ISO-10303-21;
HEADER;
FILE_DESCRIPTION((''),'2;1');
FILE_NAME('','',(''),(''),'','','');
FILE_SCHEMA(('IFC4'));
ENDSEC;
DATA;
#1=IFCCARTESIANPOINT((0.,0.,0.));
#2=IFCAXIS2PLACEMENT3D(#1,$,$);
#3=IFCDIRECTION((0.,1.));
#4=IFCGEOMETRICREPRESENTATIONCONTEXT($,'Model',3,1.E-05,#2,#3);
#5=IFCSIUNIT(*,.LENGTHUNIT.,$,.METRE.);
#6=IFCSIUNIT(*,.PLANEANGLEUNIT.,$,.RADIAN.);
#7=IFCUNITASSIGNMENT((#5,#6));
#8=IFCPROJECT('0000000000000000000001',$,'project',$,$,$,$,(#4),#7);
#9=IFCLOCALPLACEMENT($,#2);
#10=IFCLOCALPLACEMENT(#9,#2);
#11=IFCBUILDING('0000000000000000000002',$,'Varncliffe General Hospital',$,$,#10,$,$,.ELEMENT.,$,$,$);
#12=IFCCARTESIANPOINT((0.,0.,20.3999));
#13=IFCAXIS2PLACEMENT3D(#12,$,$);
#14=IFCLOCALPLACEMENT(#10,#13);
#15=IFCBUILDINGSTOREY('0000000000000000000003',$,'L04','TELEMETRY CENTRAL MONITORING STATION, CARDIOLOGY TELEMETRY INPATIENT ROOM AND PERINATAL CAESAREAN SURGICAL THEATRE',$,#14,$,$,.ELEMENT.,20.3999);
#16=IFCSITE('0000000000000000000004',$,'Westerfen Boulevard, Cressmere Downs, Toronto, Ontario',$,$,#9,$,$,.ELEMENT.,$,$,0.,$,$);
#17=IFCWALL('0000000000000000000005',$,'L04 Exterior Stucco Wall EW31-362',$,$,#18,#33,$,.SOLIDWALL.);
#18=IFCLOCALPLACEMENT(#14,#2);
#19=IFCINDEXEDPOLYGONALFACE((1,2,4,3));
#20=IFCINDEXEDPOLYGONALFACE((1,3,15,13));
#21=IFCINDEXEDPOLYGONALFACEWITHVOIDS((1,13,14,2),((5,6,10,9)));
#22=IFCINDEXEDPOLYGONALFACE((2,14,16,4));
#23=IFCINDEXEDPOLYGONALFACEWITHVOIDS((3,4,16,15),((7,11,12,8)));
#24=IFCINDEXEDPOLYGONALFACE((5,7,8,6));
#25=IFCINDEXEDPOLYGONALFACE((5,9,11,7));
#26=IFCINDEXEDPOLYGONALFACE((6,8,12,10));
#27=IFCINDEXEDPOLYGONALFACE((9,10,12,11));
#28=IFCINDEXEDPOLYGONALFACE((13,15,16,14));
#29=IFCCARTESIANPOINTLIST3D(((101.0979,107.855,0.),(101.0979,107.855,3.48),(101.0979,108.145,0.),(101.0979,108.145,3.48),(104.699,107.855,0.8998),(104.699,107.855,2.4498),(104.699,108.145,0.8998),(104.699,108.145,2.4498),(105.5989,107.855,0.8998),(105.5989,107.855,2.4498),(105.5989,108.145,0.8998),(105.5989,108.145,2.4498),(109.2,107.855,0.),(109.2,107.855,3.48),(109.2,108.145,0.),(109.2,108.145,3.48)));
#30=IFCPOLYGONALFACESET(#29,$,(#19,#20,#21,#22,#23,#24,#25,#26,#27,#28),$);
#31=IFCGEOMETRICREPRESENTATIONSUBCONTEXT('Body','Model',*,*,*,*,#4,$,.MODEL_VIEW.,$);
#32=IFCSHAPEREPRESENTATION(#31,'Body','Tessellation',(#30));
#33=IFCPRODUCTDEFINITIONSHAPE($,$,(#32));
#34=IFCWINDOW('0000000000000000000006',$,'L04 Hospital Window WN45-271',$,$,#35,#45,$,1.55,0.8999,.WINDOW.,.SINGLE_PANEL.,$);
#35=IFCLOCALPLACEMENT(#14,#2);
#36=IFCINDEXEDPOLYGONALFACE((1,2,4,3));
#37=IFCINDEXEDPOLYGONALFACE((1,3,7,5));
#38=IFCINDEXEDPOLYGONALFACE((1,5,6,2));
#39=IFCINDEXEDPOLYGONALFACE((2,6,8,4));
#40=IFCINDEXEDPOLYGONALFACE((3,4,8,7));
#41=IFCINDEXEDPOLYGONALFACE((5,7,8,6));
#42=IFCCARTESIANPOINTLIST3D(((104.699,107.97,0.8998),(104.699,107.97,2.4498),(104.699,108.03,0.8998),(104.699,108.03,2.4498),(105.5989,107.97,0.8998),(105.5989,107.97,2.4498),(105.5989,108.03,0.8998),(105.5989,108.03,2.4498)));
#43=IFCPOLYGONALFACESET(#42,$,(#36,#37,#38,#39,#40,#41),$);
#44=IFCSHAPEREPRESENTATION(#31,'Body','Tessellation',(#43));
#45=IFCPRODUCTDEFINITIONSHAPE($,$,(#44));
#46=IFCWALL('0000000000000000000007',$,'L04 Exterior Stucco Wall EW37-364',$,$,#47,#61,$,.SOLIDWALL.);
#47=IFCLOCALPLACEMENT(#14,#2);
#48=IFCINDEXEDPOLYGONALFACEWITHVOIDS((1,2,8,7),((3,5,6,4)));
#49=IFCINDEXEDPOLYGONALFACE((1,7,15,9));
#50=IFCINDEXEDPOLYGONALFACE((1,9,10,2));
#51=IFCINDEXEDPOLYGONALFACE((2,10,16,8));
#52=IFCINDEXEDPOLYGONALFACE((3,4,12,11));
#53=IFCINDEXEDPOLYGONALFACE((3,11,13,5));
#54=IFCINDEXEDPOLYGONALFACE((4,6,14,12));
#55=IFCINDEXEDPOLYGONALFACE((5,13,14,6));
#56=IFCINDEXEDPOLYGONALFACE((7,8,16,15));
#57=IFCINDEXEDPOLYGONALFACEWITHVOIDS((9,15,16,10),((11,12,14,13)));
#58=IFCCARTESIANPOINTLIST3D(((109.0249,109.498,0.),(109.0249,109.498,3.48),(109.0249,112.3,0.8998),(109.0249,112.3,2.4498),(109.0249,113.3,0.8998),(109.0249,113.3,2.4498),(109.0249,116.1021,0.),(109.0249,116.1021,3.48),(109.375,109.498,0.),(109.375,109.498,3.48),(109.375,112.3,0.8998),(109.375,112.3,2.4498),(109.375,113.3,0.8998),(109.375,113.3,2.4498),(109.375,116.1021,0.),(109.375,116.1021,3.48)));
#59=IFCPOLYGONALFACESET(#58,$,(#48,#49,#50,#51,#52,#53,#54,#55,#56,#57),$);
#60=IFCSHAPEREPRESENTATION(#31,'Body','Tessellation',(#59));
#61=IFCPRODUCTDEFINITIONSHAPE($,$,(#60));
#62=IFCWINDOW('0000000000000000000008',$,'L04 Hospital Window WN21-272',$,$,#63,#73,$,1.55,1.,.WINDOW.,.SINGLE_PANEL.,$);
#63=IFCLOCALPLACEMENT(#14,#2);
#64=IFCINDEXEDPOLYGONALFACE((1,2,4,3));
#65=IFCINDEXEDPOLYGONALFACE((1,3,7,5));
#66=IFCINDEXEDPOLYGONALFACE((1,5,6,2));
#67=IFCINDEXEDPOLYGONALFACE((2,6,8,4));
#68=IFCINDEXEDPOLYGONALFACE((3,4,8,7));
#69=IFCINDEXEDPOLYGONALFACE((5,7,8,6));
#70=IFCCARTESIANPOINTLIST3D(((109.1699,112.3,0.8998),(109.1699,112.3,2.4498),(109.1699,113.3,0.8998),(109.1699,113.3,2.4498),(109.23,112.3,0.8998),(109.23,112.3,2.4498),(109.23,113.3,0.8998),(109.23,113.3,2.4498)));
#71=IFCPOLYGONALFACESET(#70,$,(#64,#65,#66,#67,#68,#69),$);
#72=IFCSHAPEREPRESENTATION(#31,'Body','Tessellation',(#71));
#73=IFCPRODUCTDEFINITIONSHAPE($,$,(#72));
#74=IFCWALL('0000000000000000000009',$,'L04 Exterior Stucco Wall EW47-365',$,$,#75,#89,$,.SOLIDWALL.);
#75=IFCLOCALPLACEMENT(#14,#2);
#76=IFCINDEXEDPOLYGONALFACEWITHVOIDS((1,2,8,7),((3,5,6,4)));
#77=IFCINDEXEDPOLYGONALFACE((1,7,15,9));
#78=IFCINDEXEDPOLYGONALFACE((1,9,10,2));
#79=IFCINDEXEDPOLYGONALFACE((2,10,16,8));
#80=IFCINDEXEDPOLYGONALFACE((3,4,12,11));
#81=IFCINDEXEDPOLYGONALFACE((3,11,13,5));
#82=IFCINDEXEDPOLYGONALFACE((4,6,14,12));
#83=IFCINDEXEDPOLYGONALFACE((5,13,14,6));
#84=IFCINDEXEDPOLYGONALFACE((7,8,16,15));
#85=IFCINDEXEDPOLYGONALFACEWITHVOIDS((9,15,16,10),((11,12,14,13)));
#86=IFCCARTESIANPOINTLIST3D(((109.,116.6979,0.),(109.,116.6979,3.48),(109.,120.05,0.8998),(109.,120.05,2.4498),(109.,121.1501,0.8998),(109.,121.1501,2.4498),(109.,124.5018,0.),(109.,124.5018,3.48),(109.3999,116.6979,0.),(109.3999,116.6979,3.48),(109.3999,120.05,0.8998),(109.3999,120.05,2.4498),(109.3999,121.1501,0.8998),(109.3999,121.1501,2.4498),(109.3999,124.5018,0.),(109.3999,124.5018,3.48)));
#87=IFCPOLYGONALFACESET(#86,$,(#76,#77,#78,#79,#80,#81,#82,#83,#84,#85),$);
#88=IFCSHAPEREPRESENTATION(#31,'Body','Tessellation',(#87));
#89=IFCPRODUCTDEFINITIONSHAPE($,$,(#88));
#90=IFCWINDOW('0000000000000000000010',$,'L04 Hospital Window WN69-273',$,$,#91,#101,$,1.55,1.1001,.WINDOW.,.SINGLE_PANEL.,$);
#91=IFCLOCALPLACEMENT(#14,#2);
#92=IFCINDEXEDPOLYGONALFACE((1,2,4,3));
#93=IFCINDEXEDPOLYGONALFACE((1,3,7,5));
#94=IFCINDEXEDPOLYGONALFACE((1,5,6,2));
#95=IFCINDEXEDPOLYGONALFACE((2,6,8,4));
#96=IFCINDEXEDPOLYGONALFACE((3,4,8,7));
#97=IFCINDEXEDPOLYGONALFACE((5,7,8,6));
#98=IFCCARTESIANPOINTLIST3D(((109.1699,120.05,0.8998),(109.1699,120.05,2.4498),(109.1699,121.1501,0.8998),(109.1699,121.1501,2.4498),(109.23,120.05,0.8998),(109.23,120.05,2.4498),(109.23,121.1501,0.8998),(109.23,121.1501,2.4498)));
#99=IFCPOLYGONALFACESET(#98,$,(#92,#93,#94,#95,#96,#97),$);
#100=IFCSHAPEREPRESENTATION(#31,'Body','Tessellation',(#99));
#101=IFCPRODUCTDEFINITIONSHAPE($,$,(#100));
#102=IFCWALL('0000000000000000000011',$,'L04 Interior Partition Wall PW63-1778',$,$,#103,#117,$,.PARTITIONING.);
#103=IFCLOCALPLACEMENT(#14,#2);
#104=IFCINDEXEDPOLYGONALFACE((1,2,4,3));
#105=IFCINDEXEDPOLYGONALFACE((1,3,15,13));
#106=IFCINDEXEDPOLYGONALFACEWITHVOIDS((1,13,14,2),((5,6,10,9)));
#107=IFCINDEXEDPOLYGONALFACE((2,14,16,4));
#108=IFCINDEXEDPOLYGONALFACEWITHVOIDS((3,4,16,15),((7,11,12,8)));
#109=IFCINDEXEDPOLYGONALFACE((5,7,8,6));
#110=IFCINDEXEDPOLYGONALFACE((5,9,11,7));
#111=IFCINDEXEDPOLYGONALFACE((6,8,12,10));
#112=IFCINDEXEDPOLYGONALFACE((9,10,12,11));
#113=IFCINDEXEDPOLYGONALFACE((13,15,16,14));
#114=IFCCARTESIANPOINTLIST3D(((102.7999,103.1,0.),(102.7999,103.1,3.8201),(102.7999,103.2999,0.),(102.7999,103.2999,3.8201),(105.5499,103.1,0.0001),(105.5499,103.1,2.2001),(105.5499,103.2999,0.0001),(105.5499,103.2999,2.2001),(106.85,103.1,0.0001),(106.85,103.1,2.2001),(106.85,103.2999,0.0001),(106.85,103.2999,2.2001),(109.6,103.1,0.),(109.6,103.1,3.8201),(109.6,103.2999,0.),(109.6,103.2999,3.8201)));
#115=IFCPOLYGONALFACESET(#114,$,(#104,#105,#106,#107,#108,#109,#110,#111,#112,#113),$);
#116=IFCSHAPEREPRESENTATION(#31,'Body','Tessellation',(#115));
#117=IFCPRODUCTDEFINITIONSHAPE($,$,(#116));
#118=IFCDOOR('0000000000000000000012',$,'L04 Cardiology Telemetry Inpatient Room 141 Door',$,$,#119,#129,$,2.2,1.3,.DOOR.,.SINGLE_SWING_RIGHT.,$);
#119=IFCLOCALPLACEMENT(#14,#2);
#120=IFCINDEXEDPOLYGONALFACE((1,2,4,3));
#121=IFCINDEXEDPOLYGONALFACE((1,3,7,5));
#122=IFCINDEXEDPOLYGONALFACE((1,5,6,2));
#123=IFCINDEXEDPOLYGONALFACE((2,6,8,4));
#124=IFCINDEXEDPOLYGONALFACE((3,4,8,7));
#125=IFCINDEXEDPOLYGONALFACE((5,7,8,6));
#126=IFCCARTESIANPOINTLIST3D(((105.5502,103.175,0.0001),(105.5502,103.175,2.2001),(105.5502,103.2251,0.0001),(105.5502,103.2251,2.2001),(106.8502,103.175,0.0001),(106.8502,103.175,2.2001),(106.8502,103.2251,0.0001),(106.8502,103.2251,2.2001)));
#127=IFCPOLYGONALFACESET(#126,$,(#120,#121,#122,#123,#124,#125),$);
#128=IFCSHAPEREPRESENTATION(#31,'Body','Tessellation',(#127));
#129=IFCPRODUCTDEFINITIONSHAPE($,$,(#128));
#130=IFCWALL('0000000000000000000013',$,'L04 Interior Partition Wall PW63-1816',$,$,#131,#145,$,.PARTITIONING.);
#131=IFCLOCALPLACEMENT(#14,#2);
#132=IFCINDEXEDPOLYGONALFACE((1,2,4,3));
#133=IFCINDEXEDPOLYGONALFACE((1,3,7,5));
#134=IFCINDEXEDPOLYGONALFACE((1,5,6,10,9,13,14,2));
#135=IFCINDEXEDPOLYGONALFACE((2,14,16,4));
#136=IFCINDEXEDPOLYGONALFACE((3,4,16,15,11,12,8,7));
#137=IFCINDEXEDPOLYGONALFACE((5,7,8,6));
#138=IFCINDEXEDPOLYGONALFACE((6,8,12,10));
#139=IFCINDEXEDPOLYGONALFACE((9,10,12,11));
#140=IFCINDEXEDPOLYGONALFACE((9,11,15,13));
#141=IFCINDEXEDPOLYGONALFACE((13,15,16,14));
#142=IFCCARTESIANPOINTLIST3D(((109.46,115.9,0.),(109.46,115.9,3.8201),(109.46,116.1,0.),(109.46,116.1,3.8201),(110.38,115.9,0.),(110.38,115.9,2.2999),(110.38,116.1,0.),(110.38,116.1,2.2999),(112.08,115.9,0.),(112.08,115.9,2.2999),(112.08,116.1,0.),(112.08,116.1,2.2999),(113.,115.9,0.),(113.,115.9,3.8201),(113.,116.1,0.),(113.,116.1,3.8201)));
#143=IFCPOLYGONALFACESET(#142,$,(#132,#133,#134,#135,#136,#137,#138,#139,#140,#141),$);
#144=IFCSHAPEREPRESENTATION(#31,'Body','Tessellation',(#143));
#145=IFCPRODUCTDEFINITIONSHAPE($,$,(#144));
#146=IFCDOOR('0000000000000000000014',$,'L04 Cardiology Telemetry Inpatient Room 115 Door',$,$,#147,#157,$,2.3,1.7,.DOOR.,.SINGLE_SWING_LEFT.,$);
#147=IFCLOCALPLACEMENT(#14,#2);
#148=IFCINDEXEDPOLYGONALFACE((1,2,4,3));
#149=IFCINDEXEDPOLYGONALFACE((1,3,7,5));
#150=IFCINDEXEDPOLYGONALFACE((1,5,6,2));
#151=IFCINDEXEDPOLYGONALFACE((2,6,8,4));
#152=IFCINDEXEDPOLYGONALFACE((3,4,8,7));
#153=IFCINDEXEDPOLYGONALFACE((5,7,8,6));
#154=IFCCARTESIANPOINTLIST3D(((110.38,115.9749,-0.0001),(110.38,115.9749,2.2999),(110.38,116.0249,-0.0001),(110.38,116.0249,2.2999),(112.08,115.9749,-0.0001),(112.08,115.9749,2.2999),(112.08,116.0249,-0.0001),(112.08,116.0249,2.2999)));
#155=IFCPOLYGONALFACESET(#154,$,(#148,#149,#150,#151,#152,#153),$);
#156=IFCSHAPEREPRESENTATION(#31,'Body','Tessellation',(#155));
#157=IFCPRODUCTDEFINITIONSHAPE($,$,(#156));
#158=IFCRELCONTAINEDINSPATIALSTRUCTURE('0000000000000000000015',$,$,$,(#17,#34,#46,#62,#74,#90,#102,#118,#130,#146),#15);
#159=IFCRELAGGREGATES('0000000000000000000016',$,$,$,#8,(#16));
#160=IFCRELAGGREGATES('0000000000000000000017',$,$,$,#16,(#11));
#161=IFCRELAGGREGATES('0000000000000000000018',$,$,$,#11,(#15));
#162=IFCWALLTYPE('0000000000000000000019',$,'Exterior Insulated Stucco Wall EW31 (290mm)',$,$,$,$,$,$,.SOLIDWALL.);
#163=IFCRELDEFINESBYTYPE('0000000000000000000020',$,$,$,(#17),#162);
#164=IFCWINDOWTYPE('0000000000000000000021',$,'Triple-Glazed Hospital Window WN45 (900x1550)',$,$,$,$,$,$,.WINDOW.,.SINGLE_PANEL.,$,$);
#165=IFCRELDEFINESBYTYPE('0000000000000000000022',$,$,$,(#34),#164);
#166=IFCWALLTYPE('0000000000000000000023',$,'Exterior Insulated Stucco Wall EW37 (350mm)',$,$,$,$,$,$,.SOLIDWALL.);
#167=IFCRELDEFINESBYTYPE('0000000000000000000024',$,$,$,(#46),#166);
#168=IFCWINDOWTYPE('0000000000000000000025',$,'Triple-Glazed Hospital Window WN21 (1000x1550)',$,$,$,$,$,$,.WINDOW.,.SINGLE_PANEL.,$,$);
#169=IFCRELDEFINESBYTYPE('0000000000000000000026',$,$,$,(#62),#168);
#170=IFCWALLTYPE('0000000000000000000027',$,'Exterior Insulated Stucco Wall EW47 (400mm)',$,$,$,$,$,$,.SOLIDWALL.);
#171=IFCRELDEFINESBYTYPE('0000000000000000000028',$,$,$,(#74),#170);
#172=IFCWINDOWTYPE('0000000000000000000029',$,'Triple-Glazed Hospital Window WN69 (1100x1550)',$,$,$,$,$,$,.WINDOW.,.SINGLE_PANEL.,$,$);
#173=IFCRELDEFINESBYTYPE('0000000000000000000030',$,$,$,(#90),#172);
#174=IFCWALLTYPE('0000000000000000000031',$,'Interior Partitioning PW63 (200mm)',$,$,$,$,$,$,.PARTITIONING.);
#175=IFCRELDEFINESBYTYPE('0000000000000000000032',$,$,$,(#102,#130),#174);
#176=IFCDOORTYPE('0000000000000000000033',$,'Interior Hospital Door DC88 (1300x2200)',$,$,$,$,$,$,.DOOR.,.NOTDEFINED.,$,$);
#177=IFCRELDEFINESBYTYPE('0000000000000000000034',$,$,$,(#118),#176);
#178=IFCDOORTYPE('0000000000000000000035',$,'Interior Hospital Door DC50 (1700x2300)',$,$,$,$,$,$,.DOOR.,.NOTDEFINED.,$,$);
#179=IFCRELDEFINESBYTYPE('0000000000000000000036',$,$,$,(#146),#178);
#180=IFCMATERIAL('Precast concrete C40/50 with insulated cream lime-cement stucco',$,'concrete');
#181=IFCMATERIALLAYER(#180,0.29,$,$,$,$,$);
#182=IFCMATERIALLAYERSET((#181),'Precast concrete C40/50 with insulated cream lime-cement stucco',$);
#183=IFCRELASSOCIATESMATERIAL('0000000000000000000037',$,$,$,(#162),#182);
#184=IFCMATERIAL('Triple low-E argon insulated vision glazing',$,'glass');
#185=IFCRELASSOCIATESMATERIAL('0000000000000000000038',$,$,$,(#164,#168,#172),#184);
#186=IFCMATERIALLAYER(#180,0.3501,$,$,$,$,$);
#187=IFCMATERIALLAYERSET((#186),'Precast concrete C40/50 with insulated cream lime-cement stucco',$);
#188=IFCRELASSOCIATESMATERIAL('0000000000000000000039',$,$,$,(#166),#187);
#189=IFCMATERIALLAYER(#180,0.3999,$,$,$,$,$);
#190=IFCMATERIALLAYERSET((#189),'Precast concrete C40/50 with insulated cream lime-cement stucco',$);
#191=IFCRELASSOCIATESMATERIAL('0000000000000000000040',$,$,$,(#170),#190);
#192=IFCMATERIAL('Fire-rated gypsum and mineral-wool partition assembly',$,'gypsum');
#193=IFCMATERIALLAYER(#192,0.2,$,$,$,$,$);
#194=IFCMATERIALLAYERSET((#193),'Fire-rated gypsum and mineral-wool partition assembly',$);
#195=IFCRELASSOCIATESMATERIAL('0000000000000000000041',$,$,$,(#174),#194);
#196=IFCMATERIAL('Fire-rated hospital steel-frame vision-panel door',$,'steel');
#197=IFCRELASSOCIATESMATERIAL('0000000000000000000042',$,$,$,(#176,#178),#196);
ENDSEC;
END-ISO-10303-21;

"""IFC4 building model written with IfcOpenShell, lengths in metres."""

from ifc_helpers import new_model, si_unit, direction, frame, frame_2d, origin, place, context, subcontext, project, spatial, rectangle, extrude, material, layer, layer_set, type_object, element, fill, save


model = new_model("IFC4")

# Units and contexts
model_context = context("Model", 3, precision=1e-05, world=origin(), true_north=direction((0.0, 1.0)))
body_context = subcontext(model_context, "Body", "Model", "MODEL_VIEW")
ifc_project = project(units=[si_unit("LENGTHUNIT", "METRE"), si_unit("PLANEANGLEUNIT", "RADIAN")], contexts=[model_context])

# Site, building, storey
site_placement = place(None, origin())
site = spatial("IfcSite", under=ifc_project, at=site_placement, Name="Westerfen Boulevard, Cressmere Downs, Toronto, Ontario", CompositionType="ELEMENT", RefElevation=0.0)
building_placement = place(site_placement, origin())
building = spatial("IfcBuilding", under=site, at=building_placement, Name="Varncliffe General Hospital", CompositionType="ELEMENT")
storey_placement = place(building_placement, frame((0.0, 0.0, 20.3999)))
storey = spatial("IfcBuildingStorey", under=building, at=storey_placement, Name="L04", Description="TELEMETRY CENTRAL MONITORING STATION, CARDIOLOGY TELEMETRY INPATIENT ROOM AND PERINATAL CAESAREAN SURGICAL THEATRE", CompositionType="ELEMENT", Elevation=20.3999)

# Shared definitions
ifc_material_1 = material(Name="Precast concrete C40/50 with insulated cream lime-cement stucco", Category="concrete")

# Walls, openings, windows
ifc_layer_1 = layer(ifc_material_1, 0.29)
ifc_layer_set_1 = layer_set([ifc_layer_1], Name="Precast concrete C40/50 with insulated cream lime-cement stucco")
wall_type_1 = type_object("IfcWallType", Name="Exterior Insulated Stucco Wall EW31 (290mm)", PredefinedType="SOLIDWALL", material=ifc_layer_set_1)
wall_1_placement = place(storey_placement, frame((101.0979, 108.0, 0.0), z_axis=(0.0, 0.0, 1.0), x_axis=(1.0, 0.0, 0.0)))
wall_1 = element("IfcWall", 1, at=wall_1_placement, inside=storey, type_object=wall_type_1, Name="L04 Exterior Stucco Wall EW31-362", PredefinedType="SOLIDWALL", context=body_context, shape_type="SweptSolid", body=[
    extrude(rectangle(XDim=8.1021, YDim=0.29, at=frame_2d((4.051, 0.0))), origin(), (0.0, 0.0, 1.0), 3.48),
])
opening_1_placement = place(wall_1_placement, frame((3.6011, 0.0, 0.8999)))
opening_1 = element("IfcOpeningElement", 2, at=opening_1_placement, cuts=wall_1, PredefinedType="OPENING", context=body_context, shape_type="SweptSolid", body=[
    extrude(rectangle(XDim=0.8999, YDim=1.55, at=frame_2d((0.45, 0.7749))), frame((0.0, 0.155, 0.0), z_axis=(0.0, -1.0, 0.0), x_axis=(1.0, 0.0, 0.0)), (0.0, 0.0, 1.0), 0.3101),
])
ifc_material_2 = material(Name="Triple low-E argon insulated vision glazing", Category="glass")
window_type_1 = type_object("IfcWindowType", Name="Triple-Glazed Hospital Window WN45 (900x1550)", PartitioningType="SINGLE_PANEL", PredefinedType="WINDOW", material=ifc_material_2)
window_1_placement = place(opening_1_placement, origin())
window_1 = element("IfcWindow", 3, at=window_1_placement, inside=storey, type_object=window_type_1, Name="L04 Hospital Window WN45-271", OverallHeight=1.55, OverallWidth=0.8999, PartitioningType="SINGLE_PANEL", PredefinedType="WINDOW", context=body_context, shape_type="SweptSolid", body=[
    extrude(rectangle(XDim=0.8999, YDim=1.55, at=frame_2d((0.45, 0.7749))), frame((0.0, 0.03, 0.0), z_axis=(0.0, -1.0, 0.0), x_axis=(1.0, 0.0, 0.0)), (0.0, 0.0, 1.0), 0.0601),
])
fill(opening_1, window_1)
ifc_layer_2 = layer(ifc_material_1, 0.3501)
ifc_layer_set_2 = layer_set([ifc_layer_2], Name="Precast concrete C40/50 with insulated cream lime-cement stucco")
wall_type_2 = type_object("IfcWallType", Name="Exterior Insulated Stucco Wall EW37 (350mm)", PredefinedType="SOLIDWALL", material=ifc_layer_set_2)
wall_2_placement = place(storey_placement, frame((109.2, 109.498, 0.0), z_axis=(0.0, 0.0, 1.0), x_axis=(0.0, 1.0, 0.0)))
wall_2 = element("IfcWall", 4, at=wall_2_placement, inside=storey, type_object=wall_type_2, Name="L04 Exterior Stucco Wall EW37-364", PredefinedType="SOLIDWALL", context=body_context, shape_type="SweptSolid", body=[
    extrude(rectangle(XDim=6.604, YDim=0.3501, at=frame_2d((3.302, 0.0))), origin(), (0.0, 0.0, 1.0), 3.48),
])
opening_2_placement = place(wall_2_placement, frame((2.802, 0.0, 0.8999)))
opening_2 = element("IfcOpeningElement", 5, at=opening_2_placement, cuts=wall_2, PredefinedType="OPENING", context=body_context, shape_type="SweptSolid", body=[
    extrude(rectangle(XDim=1.0, YDim=1.55, at=frame_2d((0.5, 0.7749))), frame((0.0, 0.1851, 0.0), z_axis=(0.0, -1.0, 0.0), x_axis=(1.0, 0.0, 0.0)), (0.0, 0.0, 1.0), 0.3701),
])
window_type_2 = type_object("IfcWindowType", Name="Triple-Glazed Hospital Window WN21 (1000x1550)", PartitioningType="SINGLE_PANEL", PredefinedType="WINDOW", material=ifc_material_2)
window_2_placement = place(opening_2_placement, origin())
window_2 = element("IfcWindow", 6, at=window_2_placement, inside=storey, type_object=window_type_2, Name="L04 Hospital Window WN21-272", OverallHeight=1.55, OverallWidth=1.0, PartitioningType="SINGLE_PANEL", PredefinedType="WINDOW", context=body_context, shape_type="SweptSolid", body=[
    extrude(rectangle(XDim=1.0, YDim=1.55, at=frame_2d((0.5, 0.7749))), frame((0.0, 0.03, 0.0), z_axis=(0.0, -1.0, 0.0), x_axis=(1.0, 0.0, 0.0)), (0.0, 0.0, 1.0), 0.0601),
])
fill(opening_2, window_2)
ifc_layer_3 = layer(ifc_material_1, 0.3999)
ifc_layer_set_3 = layer_set([ifc_layer_3], Name="Precast concrete C40/50 with insulated cream lime-cement stucco")
wall_type_3 = type_object("IfcWallType", Name="Exterior Insulated Stucco Wall EW47 (400mm)", PredefinedType="SOLIDWALL", material=ifc_layer_set_3)
wall_3_placement = place(storey_placement, frame((109.2, 116.698, 0.0), z_axis=(0.0, 0.0, 1.0), x_axis=(0.0, 1.0, 0.0)))
wall_3 = element("IfcWall", 7, at=wall_3_placement, inside=storey, type_object=wall_type_3, Name="L04 Exterior Stucco Wall EW47-365", PredefinedType="SOLIDWALL", context=body_context, shape_type="SweptSolid", body=[
    extrude(rectangle(XDim=7.804, YDim=0.3999, at=frame_2d((3.9019, 0.0))), origin(), (0.0, 0.0, 1.0), 3.48),
])
opening_3_placement = place(wall_3_placement, frame((3.3521, 0.0, 0.8999)))
opening_3 = element("IfcOpeningElement", 8, at=opening_3_placement, cuts=wall_3, PredefinedType="OPENING", context=body_context, shape_type="SweptSolid", body=[
    extrude(rectangle(XDim=1.1001, YDim=1.55, at=frame_2d((0.55, 0.7749))), frame((0.0, 0.21, 0.0), z_axis=(0.0, -1.0, 0.0), x_axis=(1.0, 0.0, 0.0)), (0.0, 0.0, 1.0), 0.4199),
])
window_type_3 = type_object("IfcWindowType", Name="Triple-Glazed Hospital Window WN69 (1100x1550)", PartitioningType="SINGLE_PANEL", PredefinedType="WINDOW", material=ifc_material_2)
window_3_placement = place(opening_3_placement, origin())
window_3 = element("IfcWindow", 9, at=window_3_placement, inside=storey, type_object=window_type_3, Name="L04 Hospital Window WN69-273", OverallHeight=1.55, OverallWidth=1.1001, PartitioningType="SINGLE_PANEL", PredefinedType="WINDOW", context=body_context, shape_type="SweptSolid", body=[
    extrude(rectangle(XDim=1.1001, YDim=1.55, at=frame_2d((0.55, 0.7749))), frame((0.0, 0.03, 0.0), z_axis=(0.0, -1.0, 0.0), x_axis=(1.0, 0.0, 0.0)), (0.0, 0.0, 1.0), 0.0601),
])
fill(opening_3, window_3)

# Walls, openings, doors
ifc_material_3 = material(Name="Fire-rated gypsum and mineral-wool partition assembly", Category="gypsum")
ifc_layer_4 = layer(ifc_material_3, 0.2)
ifc_layer_set_4 = layer_set([ifc_layer_4], Name="Fire-rated gypsum and mineral-wool partition assembly")
wall_type_4 = type_object("IfcWallType", Name="Interior Partitioning PW63 (200mm)", PredefinedType="PARTITIONING", material=ifc_layer_set_4)
wall_4_placement = place(storey_placement, frame((102.8, 103.2, 0.0), z_axis=(0.0, 0.0, 1.0), x_axis=(1.0, 0.0, 0.0)))
wall_4 = element("IfcWall", 10, at=wall_4_placement, inside=storey, type_object=wall_type_4, Name="L04 Interior Partition Wall PW63-1778", PredefinedType="PARTITIONING", context=body_context, shape_type="SweptSolid", body=[
    extrude(rectangle(XDim=6.8, YDim=0.2, at=frame_2d((3.3999, 0.0))), origin(), (0.0, 0.0, 1.0), 3.8201),
])
opening_4_placement = place(wall_4_placement, frame((2.75, 0.0, 0.0)))
opening_4 = element("IfcOpeningElement", 11, at=opening_4_placement, cuts=wall_4, PredefinedType="OPENING", context=body_context, shape_type="SweptSolid", body=[
    extrude(rectangle(XDim=1.3, YDim=2.2, at=frame_2d((0.6499, 1.1001))), frame((0.0, 0.1099, 0.0), z_axis=(0.0, -1.0, 0.0), x_axis=(1.0, 0.0, 0.0)), (0.0, 0.0, 1.0), 0.22),
])
ifc_material_4 = material(Name="Fire-rated hospital steel-frame vision-panel door", Category="steel")
door_type_1 = type_object("IfcDoorType", Name="Interior Hospital Door DC88 (1300x2200)", OperationType="NOTDEFINED", PredefinedType="DOOR", material=ifc_material_4)
door_1_placement = place(opening_4_placement, frame((1.3, 0.0, 0.0), z_axis=(0.0, 0.0, 1.0), x_axis=(-1.0, 0.0, 0.0)))
door_1 = element("IfcDoor", 12, at=door_1_placement, inside=storey, type_object=door_type_1, Name="L04 Cardiology Telemetry Inpatient Room 141 Door", OperationType="SINGLE_SWING_RIGHT", OverallHeight=2.2, OverallWidth=1.3, PredefinedType="DOOR", context=body_context, shape_type="SweptSolid", body=[
    extrude(rectangle(XDim=1.3, YDim=2.2, at=frame_2d((0.6499, 1.1001))), frame((0.0, 0.0249, 0.0), z_axis=(0.0, -1.0, 0.0), x_axis=(1.0, 0.0, 0.0)), (0.0, 0.0, 1.0), 0.05),
])
fill(opening_4, door_1)
wall_5_placement = place(storey_placement, frame((109.46, 116.0, 0.0), z_axis=(0.0, 0.0, 1.0), x_axis=(1.0, 0.0, 0.0)))
wall_5 = element("IfcWall", 13, at=wall_5_placement, inside=storey, type_object=wall_type_4, Name="L04 Interior Partition Wall PW63-1816", PredefinedType="PARTITIONING", context=body_context, shape_type="SweptSolid", body=[
    extrude(rectangle(XDim=3.54, YDim=0.2, at=frame_2d((1.77, 0.0))), origin(), (0.0, 0.0, 1.0), 3.8201),
])
opening_5_placement = place(wall_5_placement, frame((0.9199, 0.0, 0.0)))
opening_5 = element("IfcOpeningElement", 14, at=opening_5_placement, cuts=wall_5, PredefinedType="OPENING", context=body_context, shape_type="SweptSolid", body=[
    extrude(rectangle(XDim=1.7, YDim=2.3, at=frame_2d((0.8501, 1.1499))), frame((0.0, 0.1099, 0.0), z_axis=(0.0, -1.0, 0.0), x_axis=(1.0, 0.0, 0.0)), (0.0, 0.0, 1.0), 0.22),
])
door_type_2 = type_object("IfcDoorType", Name="Interior Hospital Door DC50 (1700x2300)", OperationType="NOTDEFINED", PredefinedType="DOOR", material=ifc_material_4)
door_2_placement = place(opening_5_placement, origin())
door_2 = element("IfcDoor", 15, at=door_2_placement, inside=storey, type_object=door_type_2, Name="L04 Cardiology Telemetry Inpatient Room 115 Door", OperationType="SINGLE_SWING_LEFT", OverallHeight=2.3, OverallWidth=1.7, PredefinedType="DOOR", context=body_context, shape_type="SweptSolid", body=[
    extrude(rectangle(XDim=1.7, YDim=2.3, at=frame_2d((0.8501, 1.1499))), frame((0.0, 0.0249, 0.0), z_axis=(0.0, -1.0, 0.0), x_axis=(1.0, 0.0, 0.0)), (0.0, 0.0, 1.0), 0.05),
])
fill(opening_5, door_2)

save(model, "model.ifc")
